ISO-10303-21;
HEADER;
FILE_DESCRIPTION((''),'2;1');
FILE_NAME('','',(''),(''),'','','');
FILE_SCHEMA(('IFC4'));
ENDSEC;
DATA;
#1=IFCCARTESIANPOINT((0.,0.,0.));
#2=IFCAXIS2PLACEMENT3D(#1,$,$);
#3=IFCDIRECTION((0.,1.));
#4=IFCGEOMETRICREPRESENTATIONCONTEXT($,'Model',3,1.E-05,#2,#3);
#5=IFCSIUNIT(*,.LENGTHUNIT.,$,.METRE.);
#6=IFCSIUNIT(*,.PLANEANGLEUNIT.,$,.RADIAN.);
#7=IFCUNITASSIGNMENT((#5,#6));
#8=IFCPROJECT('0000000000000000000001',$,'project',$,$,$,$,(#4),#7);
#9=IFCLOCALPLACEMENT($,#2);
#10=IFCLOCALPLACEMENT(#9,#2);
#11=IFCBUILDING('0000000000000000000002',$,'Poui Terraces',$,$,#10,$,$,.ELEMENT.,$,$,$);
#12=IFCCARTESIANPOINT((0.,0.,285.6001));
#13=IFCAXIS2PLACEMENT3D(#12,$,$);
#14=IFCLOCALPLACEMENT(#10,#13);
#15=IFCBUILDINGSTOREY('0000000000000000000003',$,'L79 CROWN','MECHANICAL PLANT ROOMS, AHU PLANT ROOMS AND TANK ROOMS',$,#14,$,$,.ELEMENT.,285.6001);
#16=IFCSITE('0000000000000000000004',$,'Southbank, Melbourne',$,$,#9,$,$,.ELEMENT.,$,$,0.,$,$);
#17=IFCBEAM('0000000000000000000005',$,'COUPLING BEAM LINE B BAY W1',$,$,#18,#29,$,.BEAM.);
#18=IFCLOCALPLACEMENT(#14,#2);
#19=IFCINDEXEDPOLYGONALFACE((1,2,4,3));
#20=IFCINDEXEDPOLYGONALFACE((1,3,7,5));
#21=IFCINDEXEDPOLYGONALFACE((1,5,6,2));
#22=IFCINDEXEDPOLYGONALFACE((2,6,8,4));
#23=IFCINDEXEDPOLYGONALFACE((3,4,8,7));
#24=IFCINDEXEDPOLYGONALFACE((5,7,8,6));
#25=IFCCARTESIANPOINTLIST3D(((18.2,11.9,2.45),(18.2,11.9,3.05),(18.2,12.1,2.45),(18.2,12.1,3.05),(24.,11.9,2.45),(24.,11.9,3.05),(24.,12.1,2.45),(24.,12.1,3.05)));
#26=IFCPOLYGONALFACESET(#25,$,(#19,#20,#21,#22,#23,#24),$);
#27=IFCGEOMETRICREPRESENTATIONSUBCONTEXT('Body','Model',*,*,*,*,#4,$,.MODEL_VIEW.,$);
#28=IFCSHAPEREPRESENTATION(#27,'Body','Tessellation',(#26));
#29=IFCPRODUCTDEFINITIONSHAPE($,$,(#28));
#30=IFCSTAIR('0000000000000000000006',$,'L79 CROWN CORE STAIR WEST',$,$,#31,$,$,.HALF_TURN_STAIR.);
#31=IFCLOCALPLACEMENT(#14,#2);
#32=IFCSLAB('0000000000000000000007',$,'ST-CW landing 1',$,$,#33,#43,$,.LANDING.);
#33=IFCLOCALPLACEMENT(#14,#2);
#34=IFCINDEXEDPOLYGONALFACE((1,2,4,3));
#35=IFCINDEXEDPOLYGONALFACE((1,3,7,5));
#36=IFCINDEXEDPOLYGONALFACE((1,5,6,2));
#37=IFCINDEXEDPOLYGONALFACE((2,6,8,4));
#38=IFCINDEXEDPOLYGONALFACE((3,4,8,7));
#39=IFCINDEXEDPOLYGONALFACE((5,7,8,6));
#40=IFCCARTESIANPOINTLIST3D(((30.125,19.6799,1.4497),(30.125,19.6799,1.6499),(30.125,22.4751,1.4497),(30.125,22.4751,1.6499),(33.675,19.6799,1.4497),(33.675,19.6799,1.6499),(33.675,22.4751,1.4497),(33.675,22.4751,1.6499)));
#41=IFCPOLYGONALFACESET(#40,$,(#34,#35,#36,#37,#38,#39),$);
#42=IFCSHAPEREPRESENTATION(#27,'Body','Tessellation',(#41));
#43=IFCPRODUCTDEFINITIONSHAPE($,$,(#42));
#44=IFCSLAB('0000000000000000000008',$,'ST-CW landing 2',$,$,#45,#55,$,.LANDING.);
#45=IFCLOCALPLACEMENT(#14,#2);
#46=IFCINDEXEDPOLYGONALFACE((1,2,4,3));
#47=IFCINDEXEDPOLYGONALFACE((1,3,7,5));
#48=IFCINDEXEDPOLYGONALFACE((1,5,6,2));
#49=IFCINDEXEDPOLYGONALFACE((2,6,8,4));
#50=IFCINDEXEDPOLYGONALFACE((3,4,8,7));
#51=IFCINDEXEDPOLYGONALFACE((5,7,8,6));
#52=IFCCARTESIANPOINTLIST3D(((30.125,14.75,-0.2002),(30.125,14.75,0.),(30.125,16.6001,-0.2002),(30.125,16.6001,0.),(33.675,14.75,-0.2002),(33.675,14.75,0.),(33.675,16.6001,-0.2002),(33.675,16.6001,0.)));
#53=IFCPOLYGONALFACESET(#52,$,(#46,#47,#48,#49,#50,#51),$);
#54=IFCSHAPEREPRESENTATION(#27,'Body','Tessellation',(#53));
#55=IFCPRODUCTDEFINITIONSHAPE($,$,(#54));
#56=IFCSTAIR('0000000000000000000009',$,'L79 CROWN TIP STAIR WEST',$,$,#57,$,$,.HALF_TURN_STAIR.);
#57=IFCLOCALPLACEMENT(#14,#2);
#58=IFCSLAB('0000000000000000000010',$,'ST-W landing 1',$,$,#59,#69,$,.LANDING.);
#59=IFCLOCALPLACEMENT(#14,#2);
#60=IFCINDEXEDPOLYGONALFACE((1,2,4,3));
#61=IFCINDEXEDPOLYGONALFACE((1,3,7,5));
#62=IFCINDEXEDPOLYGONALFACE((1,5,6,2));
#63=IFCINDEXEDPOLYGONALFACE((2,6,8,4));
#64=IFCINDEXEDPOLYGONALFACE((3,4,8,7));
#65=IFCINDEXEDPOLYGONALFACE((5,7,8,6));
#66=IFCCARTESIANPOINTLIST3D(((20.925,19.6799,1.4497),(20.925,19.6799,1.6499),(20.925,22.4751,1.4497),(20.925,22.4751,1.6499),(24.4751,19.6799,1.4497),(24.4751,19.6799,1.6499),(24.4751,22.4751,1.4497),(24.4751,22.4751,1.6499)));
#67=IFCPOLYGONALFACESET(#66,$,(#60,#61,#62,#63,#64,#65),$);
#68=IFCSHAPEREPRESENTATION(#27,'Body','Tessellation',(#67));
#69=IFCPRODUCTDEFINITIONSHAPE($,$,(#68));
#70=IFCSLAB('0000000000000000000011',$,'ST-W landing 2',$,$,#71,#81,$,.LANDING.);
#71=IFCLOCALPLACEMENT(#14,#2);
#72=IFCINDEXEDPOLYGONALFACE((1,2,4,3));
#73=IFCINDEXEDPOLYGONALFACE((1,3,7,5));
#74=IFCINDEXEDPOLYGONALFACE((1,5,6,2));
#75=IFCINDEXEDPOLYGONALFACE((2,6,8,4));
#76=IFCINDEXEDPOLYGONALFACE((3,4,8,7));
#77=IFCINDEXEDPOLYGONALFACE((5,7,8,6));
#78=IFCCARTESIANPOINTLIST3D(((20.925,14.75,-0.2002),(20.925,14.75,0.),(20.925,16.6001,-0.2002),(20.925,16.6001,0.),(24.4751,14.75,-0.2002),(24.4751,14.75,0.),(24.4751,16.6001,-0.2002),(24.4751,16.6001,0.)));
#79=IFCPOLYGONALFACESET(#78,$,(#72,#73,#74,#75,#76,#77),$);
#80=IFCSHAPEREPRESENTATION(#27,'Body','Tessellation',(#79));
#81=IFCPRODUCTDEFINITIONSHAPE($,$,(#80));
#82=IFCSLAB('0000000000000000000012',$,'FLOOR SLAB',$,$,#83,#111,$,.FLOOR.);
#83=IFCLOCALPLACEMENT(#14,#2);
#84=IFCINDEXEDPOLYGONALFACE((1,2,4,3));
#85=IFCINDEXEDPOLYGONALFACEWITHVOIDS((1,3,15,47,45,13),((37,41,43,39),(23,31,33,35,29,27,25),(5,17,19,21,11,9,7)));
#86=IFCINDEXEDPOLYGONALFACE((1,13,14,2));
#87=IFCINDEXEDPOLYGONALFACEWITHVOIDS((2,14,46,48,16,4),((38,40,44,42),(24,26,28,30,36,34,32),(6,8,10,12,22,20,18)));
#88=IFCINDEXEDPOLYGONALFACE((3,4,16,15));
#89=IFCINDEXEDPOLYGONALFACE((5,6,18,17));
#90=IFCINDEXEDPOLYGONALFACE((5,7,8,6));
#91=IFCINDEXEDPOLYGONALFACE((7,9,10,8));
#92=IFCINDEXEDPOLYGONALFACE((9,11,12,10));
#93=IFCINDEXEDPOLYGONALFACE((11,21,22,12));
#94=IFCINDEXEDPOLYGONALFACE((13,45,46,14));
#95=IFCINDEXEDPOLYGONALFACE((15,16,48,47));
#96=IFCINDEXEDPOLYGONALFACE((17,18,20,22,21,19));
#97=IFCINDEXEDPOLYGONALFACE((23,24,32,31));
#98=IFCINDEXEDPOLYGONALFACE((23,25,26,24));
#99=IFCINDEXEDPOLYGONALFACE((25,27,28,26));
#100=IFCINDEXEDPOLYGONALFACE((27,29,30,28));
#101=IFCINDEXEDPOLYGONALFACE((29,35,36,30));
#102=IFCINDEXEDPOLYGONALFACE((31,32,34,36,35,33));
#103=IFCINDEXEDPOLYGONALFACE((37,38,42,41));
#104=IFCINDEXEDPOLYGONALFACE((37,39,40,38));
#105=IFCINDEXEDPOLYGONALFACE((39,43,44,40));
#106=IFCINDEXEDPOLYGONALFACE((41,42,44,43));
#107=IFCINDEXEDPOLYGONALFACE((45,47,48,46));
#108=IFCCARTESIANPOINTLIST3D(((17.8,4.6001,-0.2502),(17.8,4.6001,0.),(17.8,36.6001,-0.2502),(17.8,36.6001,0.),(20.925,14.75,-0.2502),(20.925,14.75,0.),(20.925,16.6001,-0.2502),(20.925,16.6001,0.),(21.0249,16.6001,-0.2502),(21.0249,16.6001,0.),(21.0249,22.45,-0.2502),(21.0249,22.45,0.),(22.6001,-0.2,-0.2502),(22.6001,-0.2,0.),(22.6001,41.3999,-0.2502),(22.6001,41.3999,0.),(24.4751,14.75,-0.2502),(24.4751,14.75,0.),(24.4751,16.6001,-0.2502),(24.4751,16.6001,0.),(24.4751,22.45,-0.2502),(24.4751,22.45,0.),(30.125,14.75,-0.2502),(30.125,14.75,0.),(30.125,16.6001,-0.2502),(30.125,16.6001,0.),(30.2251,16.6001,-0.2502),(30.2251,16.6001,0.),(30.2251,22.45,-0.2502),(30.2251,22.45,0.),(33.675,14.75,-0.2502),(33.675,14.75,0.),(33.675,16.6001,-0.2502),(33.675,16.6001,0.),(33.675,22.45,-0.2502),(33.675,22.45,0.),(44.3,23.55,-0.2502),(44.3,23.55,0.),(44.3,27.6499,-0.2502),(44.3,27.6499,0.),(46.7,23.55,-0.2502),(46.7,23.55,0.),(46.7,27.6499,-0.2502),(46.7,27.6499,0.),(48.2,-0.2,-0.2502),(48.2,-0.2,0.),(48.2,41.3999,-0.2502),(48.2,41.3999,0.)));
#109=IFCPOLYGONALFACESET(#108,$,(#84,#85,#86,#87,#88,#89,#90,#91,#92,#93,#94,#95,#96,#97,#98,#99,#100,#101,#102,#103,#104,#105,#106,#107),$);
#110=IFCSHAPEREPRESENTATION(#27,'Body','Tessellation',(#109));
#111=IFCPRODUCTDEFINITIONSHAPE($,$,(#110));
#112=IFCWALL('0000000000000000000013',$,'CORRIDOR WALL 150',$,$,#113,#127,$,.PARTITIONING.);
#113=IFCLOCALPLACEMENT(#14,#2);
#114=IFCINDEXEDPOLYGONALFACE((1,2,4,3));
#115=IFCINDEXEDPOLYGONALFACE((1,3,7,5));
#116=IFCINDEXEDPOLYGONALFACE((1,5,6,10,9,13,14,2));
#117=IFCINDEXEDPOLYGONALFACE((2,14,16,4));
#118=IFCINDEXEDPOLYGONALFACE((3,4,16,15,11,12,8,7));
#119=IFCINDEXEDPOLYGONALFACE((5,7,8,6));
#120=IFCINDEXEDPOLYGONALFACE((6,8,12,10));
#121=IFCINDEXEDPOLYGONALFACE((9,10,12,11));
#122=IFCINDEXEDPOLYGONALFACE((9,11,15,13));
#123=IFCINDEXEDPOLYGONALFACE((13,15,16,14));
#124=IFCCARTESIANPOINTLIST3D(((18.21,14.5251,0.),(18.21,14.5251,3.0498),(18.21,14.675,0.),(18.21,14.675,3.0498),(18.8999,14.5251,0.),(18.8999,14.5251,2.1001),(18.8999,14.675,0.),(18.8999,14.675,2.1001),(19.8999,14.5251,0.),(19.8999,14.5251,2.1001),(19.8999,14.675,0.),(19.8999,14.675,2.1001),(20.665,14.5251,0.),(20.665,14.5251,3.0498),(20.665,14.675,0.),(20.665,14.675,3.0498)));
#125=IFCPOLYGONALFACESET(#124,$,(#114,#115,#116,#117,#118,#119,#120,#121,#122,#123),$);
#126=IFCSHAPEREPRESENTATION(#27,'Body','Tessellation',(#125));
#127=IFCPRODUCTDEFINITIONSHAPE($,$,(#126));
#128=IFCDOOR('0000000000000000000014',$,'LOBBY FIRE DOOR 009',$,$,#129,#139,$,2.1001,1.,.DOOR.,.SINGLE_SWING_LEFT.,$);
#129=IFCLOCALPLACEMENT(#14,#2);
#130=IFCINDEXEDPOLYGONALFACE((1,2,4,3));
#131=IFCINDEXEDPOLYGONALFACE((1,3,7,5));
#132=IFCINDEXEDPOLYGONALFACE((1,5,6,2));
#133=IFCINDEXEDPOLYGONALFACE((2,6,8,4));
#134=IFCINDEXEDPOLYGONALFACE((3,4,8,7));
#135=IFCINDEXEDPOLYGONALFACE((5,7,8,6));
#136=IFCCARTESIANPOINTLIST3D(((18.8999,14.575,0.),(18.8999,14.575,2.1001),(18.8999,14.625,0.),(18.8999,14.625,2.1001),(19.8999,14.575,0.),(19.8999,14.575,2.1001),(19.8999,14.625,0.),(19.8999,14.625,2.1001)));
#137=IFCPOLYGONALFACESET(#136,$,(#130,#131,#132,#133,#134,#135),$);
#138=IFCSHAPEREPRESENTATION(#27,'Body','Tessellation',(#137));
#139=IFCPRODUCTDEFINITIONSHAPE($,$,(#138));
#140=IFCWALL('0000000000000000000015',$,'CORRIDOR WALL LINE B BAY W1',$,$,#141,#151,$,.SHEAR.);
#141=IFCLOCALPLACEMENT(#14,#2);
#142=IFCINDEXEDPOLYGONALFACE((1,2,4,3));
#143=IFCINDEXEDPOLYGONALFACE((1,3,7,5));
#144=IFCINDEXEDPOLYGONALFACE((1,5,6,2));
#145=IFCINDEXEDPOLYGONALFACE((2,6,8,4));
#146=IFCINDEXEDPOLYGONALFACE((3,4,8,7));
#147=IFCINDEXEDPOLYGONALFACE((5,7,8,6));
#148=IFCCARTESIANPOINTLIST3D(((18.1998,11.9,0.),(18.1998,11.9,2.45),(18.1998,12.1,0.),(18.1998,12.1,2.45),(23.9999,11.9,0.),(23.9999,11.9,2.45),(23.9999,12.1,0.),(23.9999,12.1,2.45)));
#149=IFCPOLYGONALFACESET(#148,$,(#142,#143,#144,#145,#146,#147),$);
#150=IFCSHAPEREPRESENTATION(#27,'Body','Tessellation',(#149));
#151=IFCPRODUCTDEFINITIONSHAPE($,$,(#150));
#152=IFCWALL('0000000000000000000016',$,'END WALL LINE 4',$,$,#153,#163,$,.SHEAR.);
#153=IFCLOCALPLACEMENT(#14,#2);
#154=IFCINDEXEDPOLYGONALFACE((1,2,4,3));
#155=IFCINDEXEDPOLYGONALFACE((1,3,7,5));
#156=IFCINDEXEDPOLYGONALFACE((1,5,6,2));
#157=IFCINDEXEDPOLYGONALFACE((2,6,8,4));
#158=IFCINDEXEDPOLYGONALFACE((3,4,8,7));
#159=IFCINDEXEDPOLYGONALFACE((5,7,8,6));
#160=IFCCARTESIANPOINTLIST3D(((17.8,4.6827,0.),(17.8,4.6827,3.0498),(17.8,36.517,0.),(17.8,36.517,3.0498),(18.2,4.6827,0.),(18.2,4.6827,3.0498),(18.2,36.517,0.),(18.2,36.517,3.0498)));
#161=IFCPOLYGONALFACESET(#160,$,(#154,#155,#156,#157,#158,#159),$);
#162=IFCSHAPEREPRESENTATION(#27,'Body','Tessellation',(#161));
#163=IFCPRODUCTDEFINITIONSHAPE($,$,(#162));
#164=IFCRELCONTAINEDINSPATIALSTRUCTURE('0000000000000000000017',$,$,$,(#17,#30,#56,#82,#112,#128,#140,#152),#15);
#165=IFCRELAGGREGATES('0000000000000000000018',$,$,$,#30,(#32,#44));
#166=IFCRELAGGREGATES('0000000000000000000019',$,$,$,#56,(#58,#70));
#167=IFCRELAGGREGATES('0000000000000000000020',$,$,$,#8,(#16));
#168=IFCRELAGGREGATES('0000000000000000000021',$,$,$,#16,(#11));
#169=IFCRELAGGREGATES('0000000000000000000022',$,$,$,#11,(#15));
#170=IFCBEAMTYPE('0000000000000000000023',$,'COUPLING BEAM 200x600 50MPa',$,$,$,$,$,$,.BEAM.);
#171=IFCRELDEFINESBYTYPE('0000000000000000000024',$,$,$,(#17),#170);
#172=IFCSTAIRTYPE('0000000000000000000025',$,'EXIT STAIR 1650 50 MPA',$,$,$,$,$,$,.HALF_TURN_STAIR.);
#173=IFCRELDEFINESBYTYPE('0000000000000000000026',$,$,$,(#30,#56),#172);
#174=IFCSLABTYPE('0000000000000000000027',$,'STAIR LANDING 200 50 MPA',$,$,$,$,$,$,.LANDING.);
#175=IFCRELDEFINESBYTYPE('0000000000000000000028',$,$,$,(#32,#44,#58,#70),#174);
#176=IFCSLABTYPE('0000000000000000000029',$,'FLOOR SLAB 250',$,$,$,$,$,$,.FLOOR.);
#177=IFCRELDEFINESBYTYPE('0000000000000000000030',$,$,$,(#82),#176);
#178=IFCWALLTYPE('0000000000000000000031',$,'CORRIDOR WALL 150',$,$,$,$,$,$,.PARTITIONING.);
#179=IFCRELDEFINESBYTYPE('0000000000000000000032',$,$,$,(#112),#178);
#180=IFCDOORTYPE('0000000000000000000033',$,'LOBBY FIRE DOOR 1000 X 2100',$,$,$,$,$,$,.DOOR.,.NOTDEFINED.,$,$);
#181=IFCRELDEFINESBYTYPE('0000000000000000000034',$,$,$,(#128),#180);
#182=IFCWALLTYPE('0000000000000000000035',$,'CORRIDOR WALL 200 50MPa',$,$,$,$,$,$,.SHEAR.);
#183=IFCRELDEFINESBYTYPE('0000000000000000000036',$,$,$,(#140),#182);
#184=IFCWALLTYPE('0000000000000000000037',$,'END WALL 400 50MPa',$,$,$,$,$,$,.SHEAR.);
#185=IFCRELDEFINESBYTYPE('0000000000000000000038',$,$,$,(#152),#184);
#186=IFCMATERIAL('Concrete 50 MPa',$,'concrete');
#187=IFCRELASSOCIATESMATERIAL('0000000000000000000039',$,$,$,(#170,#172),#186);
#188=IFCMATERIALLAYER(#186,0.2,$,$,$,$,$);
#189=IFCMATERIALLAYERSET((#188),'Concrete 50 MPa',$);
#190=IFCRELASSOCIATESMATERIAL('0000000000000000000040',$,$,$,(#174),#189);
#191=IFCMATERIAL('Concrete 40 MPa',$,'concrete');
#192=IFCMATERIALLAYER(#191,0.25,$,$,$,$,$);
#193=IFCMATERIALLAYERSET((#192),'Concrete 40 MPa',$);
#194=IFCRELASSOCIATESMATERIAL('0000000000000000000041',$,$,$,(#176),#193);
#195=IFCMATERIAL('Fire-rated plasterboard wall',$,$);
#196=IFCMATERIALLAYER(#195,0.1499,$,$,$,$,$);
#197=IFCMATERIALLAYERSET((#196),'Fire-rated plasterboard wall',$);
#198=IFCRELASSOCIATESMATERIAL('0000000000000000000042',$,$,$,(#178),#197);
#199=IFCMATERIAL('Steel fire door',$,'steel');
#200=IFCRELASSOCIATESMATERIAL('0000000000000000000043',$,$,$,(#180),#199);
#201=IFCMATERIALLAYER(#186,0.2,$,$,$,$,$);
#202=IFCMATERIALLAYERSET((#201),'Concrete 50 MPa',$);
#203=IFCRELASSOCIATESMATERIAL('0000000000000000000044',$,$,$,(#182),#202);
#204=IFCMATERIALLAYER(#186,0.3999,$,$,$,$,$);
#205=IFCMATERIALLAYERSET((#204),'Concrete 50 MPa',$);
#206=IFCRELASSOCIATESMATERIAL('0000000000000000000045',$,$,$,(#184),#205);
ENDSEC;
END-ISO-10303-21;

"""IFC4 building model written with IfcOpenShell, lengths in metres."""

from ifc_helpers import new_model, si_unit, direction, frame, frame_2d, origin, origin_2d, place, context, subcontext, project, spatial, polyline, rectangle, outline, extrude, source, transform, mapped, material, layer, layer_set, material_profile, profile_set, type_object, element, fill, aggregate, save


model = new_model("IFC4")

# Units and contexts
model_context = context("Model", 3, precision=1e-05, world=origin(), true_north=direction((0.0, 1.0)))
body_context = subcontext(model_context, "Body", "Model", "MODEL_VIEW")
ifc_project = project(units=[si_unit("LENGTHUNIT", "METRE"), si_unit("PLANEANGLEUNIT", "RADIAN")], contexts=[model_context])

# Site, building, storey
site_placement = place(None, origin())
site = spatial("IfcSite", under=ifc_project, at=site_placement, Name="Southbank, Melbourne", CompositionType="ELEMENT", RefElevation=0.0)
building_placement = place(site_placement, origin())
building = spatial("IfcBuilding", under=site, at=building_placement, Name="Poui Terraces", CompositionType="ELEMENT")
storey_placement = place(building_placement, frame((0.0, 0.0, 285.6001)))
storey = spatial("IfcBuildingStorey", under=building, at=storey_placement, Name="L79 CROWN", Description="MECHANICAL PLANT ROOMS, AHU PLANT ROOMS AND TANK ROOMS", CompositionType="ELEMENT", Elevation=285.6001)

# Beam
ifc_material_1 = material(Name="Concrete 50 MPa", Category="concrete")
ifc_material_profile_1 = material_profile(ifc_material_1, rectangle(XDim=0.2, YDim=0.6001, at=origin_2d()), Name="RC 200x600")
ifc_profile_set_1 = profile_set([ifc_material_profile_1], Name="Concrete 50 MPa")
beam_type = type_object("IfcBeamType", Name="COUPLING BEAM 200x600 50MPa", PredefinedType="BEAM", material=ifc_profile_set_1)
shared_shape_1 = source(origin(), body_context, "Body", "SweptSolid", [
    extrude(rectangle(XDim=0.2, YDim=0.6001, at=origin_2d()), origin(), (0.0, 0.0, 1.0), 5.8),
])
beam_placement = place(storey_placement, frame((18.2, 12.0, 2.75), z_axis=(1.0, 0.0, 0.0), x_axis=(0.0, 1.0, 0.0)))
element("IfcBeam", 1, at=beam_placement, inside=storey, type_object=beam_type, Name="COUPLING BEAM LINE B BAY W1", PredefinedType="BEAM", context=body_context, shape_type="MappedRepresentation", body=[
    mapped(shared_shape_1, transform((0.0, 0.0, 0.0))),
])

# Stairs, slabs
stair_type = type_object("IfcStairType", Name="EXIT STAIR 1650 50 MPA", PredefinedType="HALF_TURN_STAIR", material=ifc_material_1)
stair_1_placement = place(storey_placement, origin())
stair_1 = element("IfcStair", 2, at=stair_1_placement, inside=storey, type_object=stair_type, Name="L79 CROWN CORE STAIR WEST", PredefinedType="HALF_TURN_STAIR")
ifc_layer_1 = layer(ifc_material_1, 0.2)
ifc_layer_set_1 = layer_set([ifc_layer_1], Name="Concrete 50 MPa")
slab_type_1 = type_object("IfcSlabType", Name="STAIR LANDING 200 50 MPA", PredefinedType="LANDING", material=ifc_layer_set_1)
slab_1_placement = place(storey_placement, frame((0.0, 0.0, 1.4497)))
slab_1 = element("IfcSlab", 3, at=slab_1_placement, type_object=slab_type_1, Name="ST-CW landing 1", PredefinedType="LANDING", context=body_context, shape_type="SweptSolid", body=[
    extrude(outline(polyline([(30.125, 19.6799), (33.675, 19.6799), (33.675, 22.4751), (30.125, 22.4751), (30.125, 19.6799)])), origin(), (0.0, 0.0, 1.0), 0.2002),
])
slab_2_placement = place(storey_placement, frame((0.0, 0.0, -0.2002)))
slab_2 = element("IfcSlab", 4, at=slab_2_placement, type_object=slab_type_1, Name="ST-CW landing 2", PredefinedType="LANDING", context=body_context, shape_type="SweptSolid", body=[
    extrude(outline(polyline([(30.125, 14.75), (33.675, 14.75), (33.675, 16.6001), (30.125, 16.6001), (30.125, 14.75)])), origin(), (0.0, 0.0, 1.0), 0.2002),
])
aggregate(stair_1, [slab_1, slab_2])
stair_2_placement = place(storey_placement, origin())
stair_2 = element("IfcStair", 5, at=stair_2_placement, inside=storey, type_object=stair_type, Name="L79 CROWN TIP STAIR WEST", PredefinedType="HALF_TURN_STAIR")
slab_3_placement = place(storey_placement, frame((0.0, 0.0, 1.4497)))
slab_3 = element("IfcSlab", 6, at=slab_3_placement, type_object=slab_type_1, Name="ST-W landing 1", PredefinedType="LANDING", context=body_context, shape_type="SweptSolid", body=[
    extrude(outline(polyline([(20.925, 19.6799), (24.4751, 19.6799), (24.4751, 22.4751), (20.925, 22.4751), (20.925, 19.6799)])), origin(), (0.0, 0.0, 1.0), 0.2002),
])
slab_4_placement = place(storey_placement, frame((0.0, 0.0, -0.2002)))
slab_4 = element("IfcSlab", 7, at=slab_4_placement, type_object=slab_type_1, Name="ST-W landing 2", PredefinedType="LANDING", context=body_context, shape_type="SweptSolid", body=[
    extrude(outline(polyline([(20.925, 14.75), (24.4751, 14.75), (24.4751, 16.6001), (20.925, 16.6001), (20.925, 14.75)])), origin(), (0.0, 0.0, 1.0), 0.2002),
])
aggregate(stair_2, [slab_3, slab_4])

# Slab
ifc_material_2 = material(Name="Concrete 40 MPa", Category="concrete")
ifc_layer_2 = layer(ifc_material_2, 0.25)
ifc_layer_set_2 = layer_set([ifc_layer_2], Name="Concrete 40 MPa")
slab_type_2 = type_object("IfcSlabType", Name="FLOOR SLAB 250", PredefinedType="FLOOR", material=ifc_layer_set_2)
shared_shape_2 = source(origin(), body_context, "Body", "SweptSolid", [
    extrude(outline(polyline([(0.0, 0.0), (4.8, -4.8), (30.3999, -4.8), (30.3999, 36.7998), (4.8, 36.7998), (0.0, 32.0), (0.0, 0.0)]), holes=[polyline([(3.125, 10.1499), (3.125, 12.0), (3.2249, 12.0), (3.2249, 17.8499), (6.675, 17.8499), (6.675, 12.0), (6.675, 10.1499), (3.125, 10.1499)]), polyline([(12.325, 12.0), (12.425, 12.0), (12.425, 17.8499), (15.875, 17.8499), (15.875, 12.0), (15.875, 10.1499), (12.325, 10.1499), (12.325, 12.0)]), polyline([(28.8999, 23.0498), (28.8999, 18.95), (26.5, 18.95), (26.5, 23.0498), (28.8999, 23.0498)])]), origin(), (0.0, 0.0, 1.0), 0.2502),
])
slab_5_placement = place(storey_placement, frame((17.8, 4.6001, -0.2502)))
element("IfcSlab", 8, at=slab_5_placement, inside=storey, type_object=slab_type_2, Name="FLOOR SLAB", PredefinedType="FLOOR", context=body_context, shape_type="MappedRepresentation", body=[
    mapped(shared_shape_2, transform((0.0, 0.0, 0.0))),
])

# Wall, opening, door
ifc_material_3 = material(Name="Fire-rated plasterboard wall")
ifc_layer_3 = layer(ifc_material_3, 0.1499)
ifc_layer_set_3 = layer_set([ifc_layer_3], Name="Fire-rated plasterboard wall")
wall_type_1 = type_object("IfcWallType", Name="CORRIDOR WALL 150", PredefinedType="PARTITIONING", material=ifc_layer_set_3)
wall_1_placement = place(storey_placement, frame((18.21, 14.6001, 0.0), z_axis=(0.0, 0.0, 1.0), x_axis=(1.0, 0.0, 0.0)))
wall_1 = element("IfcWall", 9, at=wall_1_placement, inside=storey, type_object=wall_type_1, Name="CORRIDOR WALL 150", PredefinedType="PARTITIONING", context=body_context, shape_type="SweptSolid", body=[
    extrude(rectangle(XDim=2.4551, YDim=0.1499, at=frame_2d((1.2275, 0.0))), origin(), (0.0, 0.0, 1.0), 3.0498),
])
opening_placement = place(wall_1_placement, frame((0.6899, 0.0, 0.0)))
opening = element("IfcOpeningElement", 10, at=opening_placement, cuts=wall_1, PredefinedType="OPENING", context=body_context, shape_type="SweptSolid", body=[
    extrude(rectangle(XDim=1.0, YDim=2.1001, at=frame_2d((0.5, 1.05))), frame((0.0, 0.085, 0.0), z_axis=(0.0, -1.0, 0.0), x_axis=(1.0, 0.0, 0.0)), (0.0, 0.0, 1.0), 0.1699),
])
ifc_material_4 = material(Name="Steel fire door", Category="steel")
door_type = type_object("IfcDoorType", Name="LOBBY FIRE DOOR 1000 X 2100", OperationType="NOTDEFINED", PredefinedType="DOOR", material=ifc_material_4)
door_placement = place(opening_placement, origin())
door = element("IfcDoor", 11, at=door_placement, inside=storey, type_object=door_type, Name="LOBBY FIRE DOOR 009", OperationType="SINGLE_SWING_LEFT", OverallHeight=2.1001, OverallWidth=1.0, PredefinedType="DOOR", context=body_context, shape_type="SweptSolid", body=[
    extrude(rectangle(XDim=1.0, YDim=2.1001, at=frame_2d((0.5, 1.05))), frame((0.0, 0.0249, 0.0), z_axis=(0.0, -1.0, 0.0), x_axis=(1.0, 0.0, 0.0)), (0.0, 0.0, 1.0), 0.05),
])
fill(opening, door)

# Walls
ifc_layer_4 = layer(ifc_material_1, 0.2)
ifc_layer_set_4 = layer_set([ifc_layer_4], Name="Concrete 50 MPa")
wall_type_2 = type_object("IfcWallType", Name="CORRIDOR WALL 200 50MPa", PredefinedType="SHEAR", material=ifc_layer_set_4)
wall_2_placement = place(storey_placement, frame((18.2, 12.0, 0.0), z_axis=(0.0, 0.0, 1.0), x_axis=(1.0, 0.0, 0.0)))
element("IfcWall", 12, at=wall_2_placement, inside=storey, type_object=wall_type_2, Name="CORRIDOR WALL LINE B BAY W1", PredefinedType="SHEAR", context=body_context, shape_type="SweptSolid", body=[
    extrude(rectangle(XDim=5.8, YDim=0.2, at=frame_2d((2.8999, 0.0))), origin(), (0.0, 0.0, 1.0), 2.45),
])
ifc_layer_5 = layer(ifc_material_1, 0.3999)
ifc_layer_set_5 = layer_set([ifc_layer_5], Name="Concrete 50 MPa")
wall_type_3 = type_object("IfcWallType", Name="END WALL 400 50MPa", PredefinedType="SHEAR", material=ifc_layer_set_5)
wall_3_placement = place(storey_placement, frame((18.0, 4.6829, 0.0), z_axis=(0.0, 0.0, 1.0), x_axis=(0.0, 1.0, 0.0)))
element("IfcWall", 13, at=wall_3_placement, inside=storey, type_object=wall_type_3, Name="END WALL LINE 4", PredefinedType="SHEAR", context=body_context, shape_type="SweptSolid", body=[
    extrude(rectangle(XDim=31.8342, YDim=0.3999, at=frame_2d((15.917, 0.0))), origin(), (0.0, 0.0, 1.0), 3.0498),
])

save(model, "model.ifc")
